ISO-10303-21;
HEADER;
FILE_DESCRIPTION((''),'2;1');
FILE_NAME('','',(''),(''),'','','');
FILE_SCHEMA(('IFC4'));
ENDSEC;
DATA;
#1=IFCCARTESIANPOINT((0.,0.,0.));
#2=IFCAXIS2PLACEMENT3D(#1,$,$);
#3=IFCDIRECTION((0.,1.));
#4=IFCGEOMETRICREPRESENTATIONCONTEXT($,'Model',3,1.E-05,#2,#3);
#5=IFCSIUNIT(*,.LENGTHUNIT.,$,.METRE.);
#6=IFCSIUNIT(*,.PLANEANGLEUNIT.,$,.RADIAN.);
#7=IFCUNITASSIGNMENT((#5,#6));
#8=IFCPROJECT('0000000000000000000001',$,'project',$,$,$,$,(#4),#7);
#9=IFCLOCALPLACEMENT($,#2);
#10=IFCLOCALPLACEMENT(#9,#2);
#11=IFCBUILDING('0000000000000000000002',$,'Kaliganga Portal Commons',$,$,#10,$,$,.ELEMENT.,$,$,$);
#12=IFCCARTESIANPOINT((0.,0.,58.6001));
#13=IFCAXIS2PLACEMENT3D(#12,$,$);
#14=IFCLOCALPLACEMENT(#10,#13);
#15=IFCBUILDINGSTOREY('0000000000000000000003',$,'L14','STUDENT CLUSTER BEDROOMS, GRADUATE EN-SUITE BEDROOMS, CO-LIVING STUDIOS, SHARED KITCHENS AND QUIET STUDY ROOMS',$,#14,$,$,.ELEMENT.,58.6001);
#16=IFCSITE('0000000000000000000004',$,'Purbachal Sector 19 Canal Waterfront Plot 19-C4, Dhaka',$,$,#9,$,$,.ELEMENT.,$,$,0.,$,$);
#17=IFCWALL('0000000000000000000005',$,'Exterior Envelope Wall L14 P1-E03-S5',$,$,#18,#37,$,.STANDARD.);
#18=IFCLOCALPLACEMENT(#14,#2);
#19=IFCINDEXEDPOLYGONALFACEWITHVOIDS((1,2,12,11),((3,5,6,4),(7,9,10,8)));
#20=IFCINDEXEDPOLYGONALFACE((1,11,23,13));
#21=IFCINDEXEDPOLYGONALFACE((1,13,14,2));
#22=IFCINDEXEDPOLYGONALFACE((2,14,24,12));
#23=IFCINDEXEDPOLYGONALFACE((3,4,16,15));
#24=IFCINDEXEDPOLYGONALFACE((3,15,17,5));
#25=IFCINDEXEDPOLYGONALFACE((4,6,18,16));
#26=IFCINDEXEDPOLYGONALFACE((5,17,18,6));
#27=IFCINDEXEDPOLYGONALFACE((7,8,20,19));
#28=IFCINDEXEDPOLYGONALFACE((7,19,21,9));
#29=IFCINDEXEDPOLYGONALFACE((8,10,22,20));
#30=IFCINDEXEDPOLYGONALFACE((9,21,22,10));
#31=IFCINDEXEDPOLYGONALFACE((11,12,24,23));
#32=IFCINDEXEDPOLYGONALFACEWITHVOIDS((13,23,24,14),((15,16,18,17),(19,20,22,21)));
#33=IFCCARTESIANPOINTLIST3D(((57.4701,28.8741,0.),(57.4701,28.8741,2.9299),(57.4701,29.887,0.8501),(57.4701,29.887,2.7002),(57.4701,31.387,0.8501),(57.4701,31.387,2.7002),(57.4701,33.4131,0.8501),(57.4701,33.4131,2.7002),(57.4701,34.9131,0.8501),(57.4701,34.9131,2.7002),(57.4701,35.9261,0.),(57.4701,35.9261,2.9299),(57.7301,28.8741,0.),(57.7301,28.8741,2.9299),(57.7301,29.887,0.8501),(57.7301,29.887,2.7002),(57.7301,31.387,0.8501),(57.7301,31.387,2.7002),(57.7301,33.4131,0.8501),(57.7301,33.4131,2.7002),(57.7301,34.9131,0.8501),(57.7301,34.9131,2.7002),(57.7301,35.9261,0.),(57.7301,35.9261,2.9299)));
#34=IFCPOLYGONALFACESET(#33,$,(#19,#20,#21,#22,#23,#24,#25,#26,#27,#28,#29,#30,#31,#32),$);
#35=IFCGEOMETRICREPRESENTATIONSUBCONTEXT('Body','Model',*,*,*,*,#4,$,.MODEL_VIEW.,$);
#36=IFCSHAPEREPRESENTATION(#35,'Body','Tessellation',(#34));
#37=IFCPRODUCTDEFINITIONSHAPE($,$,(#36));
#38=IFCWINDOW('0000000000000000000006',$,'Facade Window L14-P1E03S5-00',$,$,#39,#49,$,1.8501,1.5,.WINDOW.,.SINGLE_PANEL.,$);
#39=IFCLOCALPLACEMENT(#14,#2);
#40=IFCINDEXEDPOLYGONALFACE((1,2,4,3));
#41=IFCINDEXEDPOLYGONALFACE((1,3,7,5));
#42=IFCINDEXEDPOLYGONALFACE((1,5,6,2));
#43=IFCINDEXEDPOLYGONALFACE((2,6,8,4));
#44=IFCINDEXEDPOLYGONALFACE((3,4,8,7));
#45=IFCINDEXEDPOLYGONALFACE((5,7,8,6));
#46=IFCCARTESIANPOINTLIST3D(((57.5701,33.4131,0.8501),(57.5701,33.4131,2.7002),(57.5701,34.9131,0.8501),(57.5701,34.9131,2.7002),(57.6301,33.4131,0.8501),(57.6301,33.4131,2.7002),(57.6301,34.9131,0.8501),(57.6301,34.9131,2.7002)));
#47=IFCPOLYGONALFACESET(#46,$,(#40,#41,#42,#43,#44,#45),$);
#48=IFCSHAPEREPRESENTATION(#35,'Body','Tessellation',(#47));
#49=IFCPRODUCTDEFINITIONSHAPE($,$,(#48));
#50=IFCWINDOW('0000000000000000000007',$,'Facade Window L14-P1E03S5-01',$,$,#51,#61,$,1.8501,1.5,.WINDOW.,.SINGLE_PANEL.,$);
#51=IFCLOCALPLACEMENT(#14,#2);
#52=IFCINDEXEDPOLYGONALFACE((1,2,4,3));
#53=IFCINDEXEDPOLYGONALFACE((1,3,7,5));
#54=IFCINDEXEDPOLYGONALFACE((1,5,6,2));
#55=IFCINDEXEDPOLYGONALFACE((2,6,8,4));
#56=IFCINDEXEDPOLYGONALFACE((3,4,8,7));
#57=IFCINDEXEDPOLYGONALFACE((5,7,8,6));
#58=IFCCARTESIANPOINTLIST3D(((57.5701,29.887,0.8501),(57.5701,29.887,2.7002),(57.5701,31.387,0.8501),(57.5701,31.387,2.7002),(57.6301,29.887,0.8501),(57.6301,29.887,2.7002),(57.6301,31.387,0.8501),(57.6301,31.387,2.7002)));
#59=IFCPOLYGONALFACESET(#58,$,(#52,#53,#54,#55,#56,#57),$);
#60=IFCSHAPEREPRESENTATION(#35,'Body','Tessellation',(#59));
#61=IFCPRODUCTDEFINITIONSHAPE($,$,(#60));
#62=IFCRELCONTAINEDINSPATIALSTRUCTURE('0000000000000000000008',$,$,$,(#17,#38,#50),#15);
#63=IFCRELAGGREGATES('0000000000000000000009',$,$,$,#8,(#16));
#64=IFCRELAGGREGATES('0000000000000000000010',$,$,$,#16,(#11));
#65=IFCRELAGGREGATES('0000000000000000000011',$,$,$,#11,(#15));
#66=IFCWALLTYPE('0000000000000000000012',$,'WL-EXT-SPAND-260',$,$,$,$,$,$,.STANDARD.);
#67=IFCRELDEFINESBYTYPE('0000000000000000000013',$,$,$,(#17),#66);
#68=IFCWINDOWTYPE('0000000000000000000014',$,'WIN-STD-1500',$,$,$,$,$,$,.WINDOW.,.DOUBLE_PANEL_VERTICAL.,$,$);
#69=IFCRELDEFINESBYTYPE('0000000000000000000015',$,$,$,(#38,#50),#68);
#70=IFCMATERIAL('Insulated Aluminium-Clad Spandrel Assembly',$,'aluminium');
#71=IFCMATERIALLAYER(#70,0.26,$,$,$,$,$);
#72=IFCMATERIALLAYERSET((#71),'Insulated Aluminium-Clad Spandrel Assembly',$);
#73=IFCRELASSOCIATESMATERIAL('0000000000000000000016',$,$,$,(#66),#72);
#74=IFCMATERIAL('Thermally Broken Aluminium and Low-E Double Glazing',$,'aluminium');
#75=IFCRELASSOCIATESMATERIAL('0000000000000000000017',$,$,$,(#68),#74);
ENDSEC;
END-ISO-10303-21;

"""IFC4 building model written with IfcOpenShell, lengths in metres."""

from ifc_helpers import new_model, si_unit, direction, frame, frame_2d, origin, place, context, subcontext, project, spatial, rectangle, extrude, material, layer, layer_set, type_object, element, fill, save


model = new_model("IFC4")

# Units and contexts
model_context = context("Model", 3, precision=1e-05, world=origin(), true_north=direction((0.0, 1.0)))
body_context = subcontext(model_context, "Body", "Model", "MODEL_VIEW")
ifc_project = project(units=[si_unit("LENGTHUNIT", "METRE"), si_unit("PLANEANGLEUNIT", "RADIAN")], contexts=[model_context])

# Site, building, storey
site_placement = place(None, origin())
site = spatial("IfcSite", under=ifc_project, at=site_placement, Name="Purbachal Sector 19 Canal Waterfront Plot 19-C4, Dhaka", CompositionType="ELEMENT", RefElevation=0.0)
building_placement = place(site_placement, origin())
building = spatial("IfcBuilding", under=site, at=building_placement, Name="Kaliganga Portal Commons", CompositionType="ELEMENT")
storey_placement = place(building_placement, frame((0.0, 0.0, 58.6001)))
storey = spatial("IfcBuildingStorey", under=building, at=storey_placement, Name="L14", Description="STUDENT CLUSTER BEDROOMS, GRADUATE EN-SUITE BEDROOMS, CO-LIVING STUDIOS, SHARED KITCHENS AND QUIET STUDY ROOMS", CompositionType="ELEMENT", Elevation=58.6001)

# Wall, openings, windows
ifc_material_1 = material(Name="Insulated Aluminium-Clad Spandrel Assembly", Category="aluminium")
ifc_layer = layer(ifc_material_1, 0.26)
ifc_layer_set = layer_set([ifc_layer], Name="Insulated Aluminium-Clad Spandrel Assembly")
wall_type = type_object("IfcWallType", Name="WL-EXT-SPAND-260", PredefinedType="STANDARD", material=ifc_layer_set)
wall_placement = place(storey_placement, frame((57.6001, 35.926, 0.0), z_axis=(0.0, 0.0, 1.0), x_axis=(0.0, -1.0, 0.0)))
wall = element("IfcWall", 1, at=wall_placement, inside=storey, type_object=wall_type, Name="Exterior Envelope Wall L14 P1-E03-S5", PredefinedType="STANDARD", context=body_context, shape_type="SweptSolid", body=[
    extrude(rectangle(XDim=7.052, YDim=0.26, at=frame_2d((3.5259, 0.0))), origin(), (0.0, 0.0, 1.0), 2.9299),
])
opening_1_placement = place(wall_placement, frame((1.0129, 0.0, 0.8501)))
opening_1 = element("IfcOpeningElement", 2, at=opening_1_placement, cuts=wall, PredefinedType="OPENING", context=body_context, shape_type="SweptSolid", body=[
    extrude(rectangle(XDim=1.5, YDim=1.8501, at=frame_2d((0.75, 0.925))), frame((0.0, 0.1401, 0.0), z_axis=(0.0, -1.0, 0.0), x_axis=(1.0, 0.0, 0.0)), (0.0, 0.0, 1.0), 0.28),
])
opening_2_placement = place(wall_placement, frame((4.5391, 0.0, 0.8501)))
opening_2 = element("IfcOpeningElement", 3, at=opening_2_placement, cuts=wall, PredefinedType="OPENING", context=body_context, shape_type="SweptSolid", body=[
    extrude(rectangle(XDim=1.5, YDim=1.8501, at=frame_2d((0.75, 0.925))), frame((0.0, 0.1401, 0.0), z_axis=(0.0, -1.0, 0.0), x_axis=(1.0, 0.0, 0.0)), (0.0, 0.0, 1.0), 0.28),
])
ifc_material_2 = material(Name="Thermally Broken Aluminium and Low-E Double Glazing", Category="aluminium")
window_type = type_object("IfcWindowType", Name="WIN-STD-1500", PartitioningType="DOUBLE_PANEL_VERTICAL", PredefinedType="WINDOW", material=ifc_material_2)
window_1_placement = place(opening_1_placement, origin())
window_1 = element("IfcWindow", 4, at=window_1_placement, inside=storey, type_object=window_type, Name="Facade Window L14-P1E03S5-00", OverallHeight=1.8501, OverallWidth=1.5, PartitioningType="SINGLE_PANEL", PredefinedType="WINDOW", context=body_context, shape_type="SweptSolid", body=[
    extrude(rectangle(XDim=1.5, YDim=1.8501, at=frame_2d((0.75, 0.925))), frame((0.0, 0.03, 0.0), z_axis=(0.0, -1.0, 0.0), x_axis=(1.0, 0.0, 0.0)), (0.0, 0.0, 1.0), 0.0601),
])
fill(opening_1, window_1)
window_2_placement = place(opening_2_placement, origin())
window_2 = element("IfcWindow", 5, at=window_2_placement, inside=storey, type_object=window_type, Name="Facade Window L14-P1E03S5-01", OverallHeight=1.8501, OverallWidth=1.5, PartitioningType="SINGLE_PANEL", PredefinedType="WINDOW", context=body_context, shape_type="SweptSolid", body=[
    extrude(rectangle(XDim=1.5, YDim=1.8501, at=frame_2d((0.75, 0.925))), frame((0.0, 0.03, 0.0), z_axis=(0.0, -1.0, 0.0), x_axis=(1.0, 0.0, 0.0)), (0.0, 0.0, 1.0), 0.0601),
])
fill(opening_2, window_2)

save(model, "model.ifc")
